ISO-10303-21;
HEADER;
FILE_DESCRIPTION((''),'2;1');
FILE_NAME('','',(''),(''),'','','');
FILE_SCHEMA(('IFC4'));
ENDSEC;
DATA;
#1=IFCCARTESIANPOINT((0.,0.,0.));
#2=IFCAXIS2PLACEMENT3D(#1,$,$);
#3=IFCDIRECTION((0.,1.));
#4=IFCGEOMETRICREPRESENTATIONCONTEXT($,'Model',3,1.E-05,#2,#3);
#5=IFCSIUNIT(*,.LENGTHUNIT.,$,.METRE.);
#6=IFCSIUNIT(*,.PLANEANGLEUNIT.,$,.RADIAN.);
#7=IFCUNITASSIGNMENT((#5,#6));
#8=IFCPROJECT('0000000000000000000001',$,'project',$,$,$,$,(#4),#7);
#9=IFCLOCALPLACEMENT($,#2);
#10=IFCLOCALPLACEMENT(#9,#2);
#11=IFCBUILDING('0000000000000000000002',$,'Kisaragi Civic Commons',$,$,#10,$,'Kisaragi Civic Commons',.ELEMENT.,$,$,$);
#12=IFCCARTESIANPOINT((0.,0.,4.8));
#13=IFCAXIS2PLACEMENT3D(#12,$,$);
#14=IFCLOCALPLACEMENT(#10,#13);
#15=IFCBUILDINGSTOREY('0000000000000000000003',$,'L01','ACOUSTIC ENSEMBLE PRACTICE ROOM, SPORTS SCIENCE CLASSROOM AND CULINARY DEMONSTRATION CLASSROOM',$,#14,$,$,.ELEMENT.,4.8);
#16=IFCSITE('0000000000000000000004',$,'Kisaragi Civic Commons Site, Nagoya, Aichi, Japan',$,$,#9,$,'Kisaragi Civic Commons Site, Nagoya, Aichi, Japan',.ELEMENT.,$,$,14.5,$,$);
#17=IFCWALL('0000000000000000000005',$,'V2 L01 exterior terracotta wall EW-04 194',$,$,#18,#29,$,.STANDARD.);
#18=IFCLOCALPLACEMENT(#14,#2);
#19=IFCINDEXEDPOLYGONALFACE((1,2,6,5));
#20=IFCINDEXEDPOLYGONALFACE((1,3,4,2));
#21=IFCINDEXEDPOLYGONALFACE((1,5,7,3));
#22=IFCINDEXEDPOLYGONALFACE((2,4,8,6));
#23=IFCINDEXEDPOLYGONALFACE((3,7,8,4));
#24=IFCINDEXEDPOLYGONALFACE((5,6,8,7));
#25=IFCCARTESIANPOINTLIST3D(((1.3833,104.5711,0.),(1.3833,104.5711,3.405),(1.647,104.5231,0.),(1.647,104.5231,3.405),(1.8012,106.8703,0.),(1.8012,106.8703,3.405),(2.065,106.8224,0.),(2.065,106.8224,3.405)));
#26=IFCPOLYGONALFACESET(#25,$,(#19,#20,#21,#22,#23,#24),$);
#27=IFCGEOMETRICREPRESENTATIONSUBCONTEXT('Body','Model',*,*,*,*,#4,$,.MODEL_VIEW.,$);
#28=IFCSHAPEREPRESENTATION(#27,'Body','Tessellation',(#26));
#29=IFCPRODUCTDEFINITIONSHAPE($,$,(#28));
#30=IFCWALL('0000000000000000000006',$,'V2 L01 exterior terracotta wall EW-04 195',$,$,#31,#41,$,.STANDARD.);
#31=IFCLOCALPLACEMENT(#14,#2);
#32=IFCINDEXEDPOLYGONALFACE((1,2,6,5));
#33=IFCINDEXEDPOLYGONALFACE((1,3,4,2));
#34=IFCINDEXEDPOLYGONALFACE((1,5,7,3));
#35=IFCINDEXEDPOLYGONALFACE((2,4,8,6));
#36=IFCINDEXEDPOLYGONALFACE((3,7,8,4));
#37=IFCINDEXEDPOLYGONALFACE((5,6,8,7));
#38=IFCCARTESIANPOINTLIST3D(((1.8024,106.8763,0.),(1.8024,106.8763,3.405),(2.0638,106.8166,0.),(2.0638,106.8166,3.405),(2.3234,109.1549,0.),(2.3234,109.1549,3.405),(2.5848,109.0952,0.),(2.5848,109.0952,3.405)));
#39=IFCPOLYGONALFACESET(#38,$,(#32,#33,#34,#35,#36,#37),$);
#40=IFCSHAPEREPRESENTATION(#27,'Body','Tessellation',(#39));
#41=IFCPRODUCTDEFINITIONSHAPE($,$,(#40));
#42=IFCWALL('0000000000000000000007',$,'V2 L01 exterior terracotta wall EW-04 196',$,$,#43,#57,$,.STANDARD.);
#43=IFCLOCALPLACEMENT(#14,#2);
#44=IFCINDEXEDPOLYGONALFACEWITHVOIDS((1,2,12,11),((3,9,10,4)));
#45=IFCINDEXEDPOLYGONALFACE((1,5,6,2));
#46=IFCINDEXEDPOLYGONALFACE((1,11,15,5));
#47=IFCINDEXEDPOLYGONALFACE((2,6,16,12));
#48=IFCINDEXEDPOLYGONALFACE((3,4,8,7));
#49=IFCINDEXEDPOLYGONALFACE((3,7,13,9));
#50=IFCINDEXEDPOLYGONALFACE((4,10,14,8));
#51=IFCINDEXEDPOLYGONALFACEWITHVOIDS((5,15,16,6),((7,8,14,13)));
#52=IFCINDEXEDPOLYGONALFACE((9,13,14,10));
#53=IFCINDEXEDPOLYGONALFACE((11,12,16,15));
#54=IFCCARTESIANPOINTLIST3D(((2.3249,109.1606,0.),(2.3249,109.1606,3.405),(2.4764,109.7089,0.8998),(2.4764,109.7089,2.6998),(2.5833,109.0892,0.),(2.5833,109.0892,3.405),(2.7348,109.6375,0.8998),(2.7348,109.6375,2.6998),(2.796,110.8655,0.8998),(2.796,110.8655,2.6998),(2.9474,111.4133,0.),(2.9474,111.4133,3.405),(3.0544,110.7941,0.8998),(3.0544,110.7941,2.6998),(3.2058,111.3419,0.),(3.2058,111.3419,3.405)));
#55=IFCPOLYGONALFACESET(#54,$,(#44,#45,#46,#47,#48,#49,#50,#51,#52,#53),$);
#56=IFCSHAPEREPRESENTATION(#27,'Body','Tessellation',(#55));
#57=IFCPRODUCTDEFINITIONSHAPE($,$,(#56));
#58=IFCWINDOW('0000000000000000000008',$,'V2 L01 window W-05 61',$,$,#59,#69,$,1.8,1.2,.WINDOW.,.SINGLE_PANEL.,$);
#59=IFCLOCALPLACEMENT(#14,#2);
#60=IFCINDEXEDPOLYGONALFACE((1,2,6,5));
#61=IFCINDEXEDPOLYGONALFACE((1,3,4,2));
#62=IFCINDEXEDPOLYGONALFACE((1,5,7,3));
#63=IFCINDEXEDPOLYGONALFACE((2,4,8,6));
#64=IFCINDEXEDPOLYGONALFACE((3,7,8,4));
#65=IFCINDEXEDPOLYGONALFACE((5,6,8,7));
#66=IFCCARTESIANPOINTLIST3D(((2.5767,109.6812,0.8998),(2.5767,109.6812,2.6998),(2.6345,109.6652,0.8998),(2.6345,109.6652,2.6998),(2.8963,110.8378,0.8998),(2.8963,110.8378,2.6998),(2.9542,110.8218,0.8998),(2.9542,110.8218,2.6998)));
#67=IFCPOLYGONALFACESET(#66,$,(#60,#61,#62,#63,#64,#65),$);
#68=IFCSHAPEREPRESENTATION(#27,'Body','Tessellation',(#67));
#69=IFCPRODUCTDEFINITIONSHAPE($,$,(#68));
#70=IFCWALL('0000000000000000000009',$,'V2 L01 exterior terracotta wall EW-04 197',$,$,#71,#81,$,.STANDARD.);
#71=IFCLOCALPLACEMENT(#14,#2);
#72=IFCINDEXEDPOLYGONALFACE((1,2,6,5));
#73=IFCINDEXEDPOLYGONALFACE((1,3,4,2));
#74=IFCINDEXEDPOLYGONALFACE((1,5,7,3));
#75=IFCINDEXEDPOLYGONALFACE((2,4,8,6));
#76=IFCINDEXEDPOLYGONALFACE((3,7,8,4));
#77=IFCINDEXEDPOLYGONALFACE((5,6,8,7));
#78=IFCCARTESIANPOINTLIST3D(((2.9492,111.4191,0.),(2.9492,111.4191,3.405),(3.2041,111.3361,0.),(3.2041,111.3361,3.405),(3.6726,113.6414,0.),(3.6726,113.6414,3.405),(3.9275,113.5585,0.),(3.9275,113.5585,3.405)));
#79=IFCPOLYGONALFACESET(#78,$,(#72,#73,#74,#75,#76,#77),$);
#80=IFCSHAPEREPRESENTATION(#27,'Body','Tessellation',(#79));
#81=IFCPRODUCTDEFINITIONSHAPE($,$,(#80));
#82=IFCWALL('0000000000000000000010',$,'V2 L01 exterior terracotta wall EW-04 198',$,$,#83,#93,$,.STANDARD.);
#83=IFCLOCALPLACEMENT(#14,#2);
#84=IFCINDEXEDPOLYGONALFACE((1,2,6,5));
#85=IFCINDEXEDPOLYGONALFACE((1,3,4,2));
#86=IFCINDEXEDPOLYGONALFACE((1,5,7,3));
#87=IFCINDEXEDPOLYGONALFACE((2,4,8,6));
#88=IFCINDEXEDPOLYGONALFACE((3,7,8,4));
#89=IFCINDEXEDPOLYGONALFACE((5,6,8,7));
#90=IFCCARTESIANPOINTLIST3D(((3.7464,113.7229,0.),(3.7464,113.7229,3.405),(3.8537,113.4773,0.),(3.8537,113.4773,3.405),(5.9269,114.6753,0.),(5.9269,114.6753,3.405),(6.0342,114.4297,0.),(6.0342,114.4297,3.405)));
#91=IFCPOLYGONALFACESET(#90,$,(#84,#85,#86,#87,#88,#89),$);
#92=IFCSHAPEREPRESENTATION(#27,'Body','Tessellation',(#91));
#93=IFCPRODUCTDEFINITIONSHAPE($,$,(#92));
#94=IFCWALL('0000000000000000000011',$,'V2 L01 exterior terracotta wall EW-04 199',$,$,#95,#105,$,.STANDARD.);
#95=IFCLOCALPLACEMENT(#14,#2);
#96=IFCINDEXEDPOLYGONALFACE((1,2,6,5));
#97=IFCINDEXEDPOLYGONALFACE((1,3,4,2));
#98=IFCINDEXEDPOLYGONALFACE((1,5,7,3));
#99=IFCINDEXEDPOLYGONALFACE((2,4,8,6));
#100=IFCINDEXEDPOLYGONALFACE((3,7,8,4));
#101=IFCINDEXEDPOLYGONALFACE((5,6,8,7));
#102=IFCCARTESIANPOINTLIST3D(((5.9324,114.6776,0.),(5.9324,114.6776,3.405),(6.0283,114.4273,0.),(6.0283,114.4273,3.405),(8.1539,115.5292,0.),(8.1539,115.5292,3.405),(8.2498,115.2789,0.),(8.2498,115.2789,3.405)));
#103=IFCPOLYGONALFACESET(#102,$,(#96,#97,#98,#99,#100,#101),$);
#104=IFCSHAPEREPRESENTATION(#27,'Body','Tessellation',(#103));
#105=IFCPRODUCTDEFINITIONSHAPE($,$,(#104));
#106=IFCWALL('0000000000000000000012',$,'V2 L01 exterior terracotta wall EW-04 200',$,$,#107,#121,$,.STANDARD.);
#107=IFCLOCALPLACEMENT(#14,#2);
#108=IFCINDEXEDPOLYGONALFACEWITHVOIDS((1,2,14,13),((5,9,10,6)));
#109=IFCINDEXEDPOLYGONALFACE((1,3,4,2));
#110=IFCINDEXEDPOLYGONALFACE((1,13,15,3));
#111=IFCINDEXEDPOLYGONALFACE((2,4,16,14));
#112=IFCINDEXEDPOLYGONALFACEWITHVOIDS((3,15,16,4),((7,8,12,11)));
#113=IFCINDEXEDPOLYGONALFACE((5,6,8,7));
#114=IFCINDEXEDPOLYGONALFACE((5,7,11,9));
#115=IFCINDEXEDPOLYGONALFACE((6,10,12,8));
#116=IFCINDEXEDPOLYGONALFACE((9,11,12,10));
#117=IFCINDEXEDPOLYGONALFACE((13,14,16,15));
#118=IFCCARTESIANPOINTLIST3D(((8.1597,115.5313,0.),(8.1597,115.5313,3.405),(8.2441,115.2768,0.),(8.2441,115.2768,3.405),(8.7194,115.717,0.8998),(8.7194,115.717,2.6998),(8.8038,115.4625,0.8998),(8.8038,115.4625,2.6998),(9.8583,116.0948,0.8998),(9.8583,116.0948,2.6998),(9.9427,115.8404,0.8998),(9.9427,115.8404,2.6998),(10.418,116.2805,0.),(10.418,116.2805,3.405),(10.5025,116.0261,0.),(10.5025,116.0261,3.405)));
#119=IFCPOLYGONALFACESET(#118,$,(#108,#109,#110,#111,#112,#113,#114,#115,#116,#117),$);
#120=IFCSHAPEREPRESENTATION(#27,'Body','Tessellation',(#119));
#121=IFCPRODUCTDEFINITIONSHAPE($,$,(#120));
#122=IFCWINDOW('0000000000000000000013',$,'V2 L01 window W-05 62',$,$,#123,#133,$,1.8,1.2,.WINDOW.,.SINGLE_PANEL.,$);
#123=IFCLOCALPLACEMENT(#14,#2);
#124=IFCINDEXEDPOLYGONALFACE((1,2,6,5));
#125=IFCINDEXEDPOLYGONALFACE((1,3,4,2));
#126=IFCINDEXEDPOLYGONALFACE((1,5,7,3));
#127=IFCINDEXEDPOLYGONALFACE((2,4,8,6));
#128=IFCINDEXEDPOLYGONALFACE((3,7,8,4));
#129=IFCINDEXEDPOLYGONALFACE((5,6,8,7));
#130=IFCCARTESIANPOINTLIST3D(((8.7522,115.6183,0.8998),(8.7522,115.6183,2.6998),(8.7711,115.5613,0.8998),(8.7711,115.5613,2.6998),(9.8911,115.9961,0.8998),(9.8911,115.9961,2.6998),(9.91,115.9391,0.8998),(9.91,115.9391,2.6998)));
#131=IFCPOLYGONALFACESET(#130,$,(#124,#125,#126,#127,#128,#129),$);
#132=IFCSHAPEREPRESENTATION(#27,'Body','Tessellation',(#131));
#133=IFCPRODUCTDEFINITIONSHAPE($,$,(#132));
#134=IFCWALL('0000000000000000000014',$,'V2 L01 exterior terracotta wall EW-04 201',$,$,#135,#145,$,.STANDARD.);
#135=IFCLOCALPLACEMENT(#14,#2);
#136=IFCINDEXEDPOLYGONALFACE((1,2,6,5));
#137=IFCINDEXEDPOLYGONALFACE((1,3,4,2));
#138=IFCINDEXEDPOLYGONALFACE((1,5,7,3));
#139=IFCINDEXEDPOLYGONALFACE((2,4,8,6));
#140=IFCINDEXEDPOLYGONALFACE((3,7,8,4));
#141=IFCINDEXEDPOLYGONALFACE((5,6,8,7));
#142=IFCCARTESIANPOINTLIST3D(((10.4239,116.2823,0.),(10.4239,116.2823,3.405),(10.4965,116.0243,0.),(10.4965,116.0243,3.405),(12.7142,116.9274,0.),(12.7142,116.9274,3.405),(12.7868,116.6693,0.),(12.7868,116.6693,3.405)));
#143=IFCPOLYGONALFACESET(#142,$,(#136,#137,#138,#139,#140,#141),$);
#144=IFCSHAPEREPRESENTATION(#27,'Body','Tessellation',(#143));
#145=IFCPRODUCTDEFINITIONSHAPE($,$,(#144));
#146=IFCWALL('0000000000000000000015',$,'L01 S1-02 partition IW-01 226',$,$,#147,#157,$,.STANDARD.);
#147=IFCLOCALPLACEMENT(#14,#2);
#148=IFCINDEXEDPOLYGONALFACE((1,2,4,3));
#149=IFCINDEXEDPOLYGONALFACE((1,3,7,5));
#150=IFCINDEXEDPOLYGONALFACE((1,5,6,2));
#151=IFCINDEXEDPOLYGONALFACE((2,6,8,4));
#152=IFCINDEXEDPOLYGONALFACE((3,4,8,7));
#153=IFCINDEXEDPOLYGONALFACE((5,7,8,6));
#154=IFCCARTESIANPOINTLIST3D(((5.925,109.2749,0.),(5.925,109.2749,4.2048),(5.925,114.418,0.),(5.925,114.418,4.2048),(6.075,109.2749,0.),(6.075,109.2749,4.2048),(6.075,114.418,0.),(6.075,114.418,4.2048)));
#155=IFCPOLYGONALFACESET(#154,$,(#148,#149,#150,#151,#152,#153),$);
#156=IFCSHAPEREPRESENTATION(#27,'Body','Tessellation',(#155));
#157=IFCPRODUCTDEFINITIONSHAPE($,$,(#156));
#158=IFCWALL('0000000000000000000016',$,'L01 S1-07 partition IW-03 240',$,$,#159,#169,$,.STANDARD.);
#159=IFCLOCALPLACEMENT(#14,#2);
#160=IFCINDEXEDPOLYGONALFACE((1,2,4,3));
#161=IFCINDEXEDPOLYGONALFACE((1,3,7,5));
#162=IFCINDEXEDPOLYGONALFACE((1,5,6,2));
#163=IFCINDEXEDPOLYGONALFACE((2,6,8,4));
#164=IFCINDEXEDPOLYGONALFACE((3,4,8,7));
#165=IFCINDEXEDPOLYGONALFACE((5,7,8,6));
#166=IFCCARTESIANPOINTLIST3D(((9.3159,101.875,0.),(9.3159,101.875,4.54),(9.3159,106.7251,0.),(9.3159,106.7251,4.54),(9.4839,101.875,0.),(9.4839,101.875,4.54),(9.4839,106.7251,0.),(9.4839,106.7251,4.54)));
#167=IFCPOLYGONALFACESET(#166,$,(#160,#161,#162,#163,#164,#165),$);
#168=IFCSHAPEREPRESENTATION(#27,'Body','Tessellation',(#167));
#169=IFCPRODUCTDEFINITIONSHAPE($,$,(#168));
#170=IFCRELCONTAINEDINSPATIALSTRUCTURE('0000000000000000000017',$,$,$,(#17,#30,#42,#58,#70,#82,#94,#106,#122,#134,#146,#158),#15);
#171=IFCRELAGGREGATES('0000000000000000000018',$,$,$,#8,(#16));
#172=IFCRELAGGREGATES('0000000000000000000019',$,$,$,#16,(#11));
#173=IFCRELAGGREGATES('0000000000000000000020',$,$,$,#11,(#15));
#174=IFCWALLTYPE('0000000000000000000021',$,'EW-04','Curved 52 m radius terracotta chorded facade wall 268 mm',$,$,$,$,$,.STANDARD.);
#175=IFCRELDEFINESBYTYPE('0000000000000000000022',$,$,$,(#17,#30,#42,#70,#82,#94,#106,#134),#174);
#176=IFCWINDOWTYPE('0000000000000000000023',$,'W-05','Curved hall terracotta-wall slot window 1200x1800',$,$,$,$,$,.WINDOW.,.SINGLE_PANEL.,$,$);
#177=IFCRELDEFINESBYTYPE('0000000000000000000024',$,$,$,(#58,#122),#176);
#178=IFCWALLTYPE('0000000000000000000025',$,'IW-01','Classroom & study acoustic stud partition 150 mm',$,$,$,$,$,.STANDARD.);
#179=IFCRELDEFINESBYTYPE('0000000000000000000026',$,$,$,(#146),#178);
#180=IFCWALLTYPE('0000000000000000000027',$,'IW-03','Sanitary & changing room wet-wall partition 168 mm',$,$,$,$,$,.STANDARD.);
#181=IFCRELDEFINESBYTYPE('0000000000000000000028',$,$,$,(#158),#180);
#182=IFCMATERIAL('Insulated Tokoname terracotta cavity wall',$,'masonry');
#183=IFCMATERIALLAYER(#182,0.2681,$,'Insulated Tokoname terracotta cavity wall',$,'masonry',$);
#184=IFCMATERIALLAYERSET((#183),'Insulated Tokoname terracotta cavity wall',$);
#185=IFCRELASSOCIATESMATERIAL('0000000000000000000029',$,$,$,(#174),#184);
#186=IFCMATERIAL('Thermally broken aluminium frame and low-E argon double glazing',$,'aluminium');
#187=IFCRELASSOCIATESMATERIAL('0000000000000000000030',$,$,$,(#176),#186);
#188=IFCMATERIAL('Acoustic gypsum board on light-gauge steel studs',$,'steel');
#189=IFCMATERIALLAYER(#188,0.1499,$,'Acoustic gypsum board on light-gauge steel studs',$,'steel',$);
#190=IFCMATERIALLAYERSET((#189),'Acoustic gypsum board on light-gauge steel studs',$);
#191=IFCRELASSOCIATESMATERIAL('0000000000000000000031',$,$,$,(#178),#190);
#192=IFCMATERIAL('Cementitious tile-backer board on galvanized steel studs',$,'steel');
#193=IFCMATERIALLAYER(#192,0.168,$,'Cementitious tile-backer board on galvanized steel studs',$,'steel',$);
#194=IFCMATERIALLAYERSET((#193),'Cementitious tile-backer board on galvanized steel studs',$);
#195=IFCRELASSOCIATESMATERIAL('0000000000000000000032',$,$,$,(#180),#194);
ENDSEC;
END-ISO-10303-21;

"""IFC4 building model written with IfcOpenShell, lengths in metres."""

from ifc_helpers import new_model, si_unit, direction, frame, frame_2d, origin, place, context, subcontext, project, spatial, rectangle, extrude, material, layer, layer_set, type_object, element, fill, save


model = new_model("IFC4")

# Units and contexts
model_context = context("Model", 3, precision=1e-05, world=origin(), true_north=direction((0.0, 1.0)))
body_context = subcontext(model_context, "Body", "Model", "MODEL_VIEW")
ifc_project = project(units=[si_unit("LENGTHUNIT", "METRE"), si_unit("PLANEANGLEUNIT", "RADIAN")], contexts=[model_context])

# Site, building, storey
site_placement = place(None, origin())
site = spatial("IfcSite", under=ifc_project, at=site_placement, Name="Kisaragi Civic Commons Site, Nagoya, Aichi, Japan", LongName="Kisaragi Civic Commons Site, Nagoya, Aichi, Japan", CompositionType="ELEMENT", RefElevation=14.5)
building_placement = place(site_placement, origin())
building = spatial("IfcBuilding", under=site, at=building_placement, Name="Kisaragi Civic Commons", LongName="Kisaragi Civic Commons", CompositionType="ELEMENT")
storey_placement = place(building_placement, frame((0.0, 0.0, 4.8)))
storey = spatial("IfcBuildingStorey", under=building, at=storey_placement, Name="L01", Description="ACOUSTIC ENSEMBLE PRACTICE ROOM, SPORTS SCIENCE CLASSROOM AND CULINARY DEMONSTRATION CLASSROOM", CompositionType="ELEMENT", Elevation=4.8)

# Shared definitions
ifc_material_1 = material(Name="Insulated Tokoname terracotta cavity wall", Category="masonry")
ifc_layer_1 = layer(ifc_material_1, 0.2681, Name="Insulated Tokoname terracotta cavity wall", Category="masonry")
ifc_layer_set_1 = layer_set([ifc_layer_1], Name="Insulated Tokoname terracotta cavity wall")
wall_type_1 = type_object("IfcWallType", Name="EW-04", Description="Curved 52 m radius terracotta chorded facade wall 268 mm", PredefinedType="STANDARD", material=ifc_layer_set_1)
ifc_material_2 = material(Name="Thermally broken aluminium frame and low-E argon double glazing", Category="aluminium")
window_type = type_object("IfcWindowType", Name="W-05", Description="Curved hall terracotta-wall slot window 1200x1800", PartitioningType="SINGLE_PANEL", PredefinedType="WINDOW", material=ifc_material_2)

# Walls
wall_1_placement = place(storey_placement, frame((1.5151, 104.5471, 0.0), z_axis=(0.0, 0.0, 1.0), x_axis=(0.178849, 0.983877, 0.0)))
element("IfcWall", 1, at=wall_1_placement, inside=storey, type_object=wall_type_1, Name="V2 L01 exterior terracotta wall EW-04 194", PredefinedType="STANDARD", context=body_context, shape_type="SweptSolid", body=[
    extrude(rectangle(XDim=2.3369, YDim=0.2681, at=frame_2d((1.1685, 0.0))), origin(), (0.0, 0.0, 1.0), 3.405),
])
wall_2_placement = place(storey_placement, frame((1.9331, 106.8464, 0.0), z_axis=(0.0, 0.0, 1.0), x_axis=(0.222899, 0.974842, 0.0)))
element("IfcWall", 2, at=wall_2_placement, inside=storey, type_object=wall_type_1, Name="V2 L01 exterior terracotta wall EW-04 195", PredefinedType="STANDARD", context=body_context, shape_type="SweptSolid", body=[
    extrude(rectangle(XDim=2.3374, YDim=0.2681, at=frame_2d((1.1687, 0.0))), origin(), (0.0, 0.0, 1.0), 3.405),
])

# Wall, opening, window
wall_3_placement = place(storey_placement, frame((2.4541, 109.125, 0.0), z_axis=(0.0, 0.0, 1.0), x_axis=(0.266378, 0.963869, 0.0)))
wall_3 = element("IfcWall", 3, at=wall_3_placement, inside=storey, type_object=wall_type_1, Name="V2 L01 exterior terracotta wall EW-04 196", PredefinedType="STANDARD", context=body_context, shape_type="SweptSolid", body=[
    extrude(rectangle(XDim=2.3372, YDim=0.2681, at=frame_2d((1.1685, 0.0))), origin(), (0.0, 0.0, 1.0), 3.405),
])
opening_1_placement = place(wall_3_placement, frame((0.5686, 0.0, 0.8999)))
opening_1 = element("IfcOpeningElement", 4, at=opening_1_placement, cuts=wall_3, PredefinedType="OPENING", context=body_context, shape_type="SweptSolid", body=[
    extrude(rectangle(XDim=1.2, YDim=1.8, at=frame_2d((0.6001, 0.8999))), frame((0.0, 0.144, 0.0), z_axis=(0.0, -1.0, 0.0), x_axis=(1.0, 0.0, 0.0)), (0.0, 0.0, 1.0), 0.2881),
])
window_1_placement = place(opening_1_placement, origin())
window_1 = element("IfcWindow", 5, at=window_1_placement, inside=storey, type_object=window_type, Name="V2 L01 window W-05 61", OverallHeight=1.8, OverallWidth=1.2, PartitioningType="SINGLE_PANEL", PredefinedType="WINDOW", context=body_context, shape_type="SweptSolid", body=[
    extrude(rectangle(XDim=1.2, YDim=1.8, at=frame_2d((0.6001, 0.8999))), frame((0.0, 0.03, 0.0), z_axis=(0.0, -1.0, 0.0), x_axis=(1.0, 0.0, 0.0)), (0.0, 0.0, 1.0), 0.0601),
])
fill(opening_1, window_1)

# Walls
wall_4_placement = place(storey_placement, frame((3.0767, 111.3777, 0.0), z_axis=(0.0, 0.0, 1.0), x_axis=(0.309514, 0.950895, 0.0)))
element("IfcWall", 6, at=wall_4_placement, inside=storey, type_object=wall_type_1, Name="V2 L01 exterior terracotta wall EW-04 197", PredefinedType="STANDARD", context=body_context, shape_type="SweptSolid", body=[
    extrude(rectangle(XDim=2.3372, YDim=0.2681, at=frame_2d((1.1685, 0.0))), origin(), (0.0, 0.0, 1.0), 3.405),
])
wall_5_placement = place(storey_placement, frame((3.8, 113.6001, 0.0), z_axis=(0.0, 0.0, 1.0), x_axis=(0.916395, 0.400275, 0.0)))
element("IfcWall", 7, at=wall_5_placement, inside=storey, type_object=wall_type_1, Name="V2 L01 exterior terracotta wall EW-04 198", PredefinedType="STANDARD", context=body_context, shape_type="SweptSolid", body=[
    extrude(rectangle(XDim=2.3794, YDim=0.2681, at=frame_2d((1.1897, 0.0))), origin(), (0.0, 0.0, 1.0), 3.405),
])
wall_6_placement = place(storey_placement, frame((5.9805, 114.5525, 0.0), z_axis=(0.0, 0.0, 1.0), x_axis=(0.933744, 0.35794, 0.0)))
element("IfcWall", 8, at=wall_6_placement, inside=storey, type_object=wall_type_1, Name="V2 L01 exterior terracotta wall EW-04 199", PredefinedType="STANDARD", context=body_context, shape_type="SweptSolid", body=[
    extrude(rectangle(XDim=2.3792, YDim=0.2681, at=frame_2d((1.1895, 0.0))), origin(), (0.0, 0.0, 1.0), 3.405),
])

# Wall, opening, window
wall_7_placement = place(storey_placement, frame((8.2019, 115.4041, 0.0), z_axis=(0.0, 0.0, 1.0), x_axis=(0.949124, 0.314904, 0.0)))
wall_7 = element("IfcWall", 9, at=wall_7_placement, inside=storey, type_object=wall_type_1, Name="V2 L01 exterior terracotta wall EW-04 200", PredefinedType="STANDARD", context=body_context, shape_type="SweptSolid", body=[
    extrude(rectangle(XDim=2.3794, YDim=0.2681, at=frame_2d((1.1897, 0.0))), origin(), (0.0, 0.0, 1.0), 3.405),
])
opening_2_placement = place(wall_7_placement, frame((0.5896, 0.0, 0.8999)))
opening_2 = element("IfcOpeningElement", 10, at=opening_2_placement, cuts=wall_7, PredefinedType="OPENING", context=body_context, shape_type="SweptSolid", body=[
    extrude(rectangle(XDim=1.2, YDim=1.8, at=frame_2d((0.6001, 0.8999))), frame((0.0, 0.144, 0.0), z_axis=(0.0, -1.0, 0.0), x_axis=(1.0, 0.0, 0.0)), (0.0, 0.0, 1.0), 0.2881),
])
window_2_placement = place(opening_2_placement, origin())
window_2 = element("IfcWindow", 11, at=window_2_placement, inside=storey, type_object=window_type, Name="V2 L01 window W-05 62", OverallHeight=1.8, OverallWidth=1.2, PartitioningType="SINGLE_PANEL", PredefinedType="WINDOW", context=body_context, shape_type="SweptSolid", body=[
    extrude(rectangle(XDim=1.2, YDim=1.8, at=frame_2d((0.6001, 0.8999))), frame((0.0, 0.03, 0.0), z_axis=(0.0, -1.0, 0.0), x_axis=(1.0, 0.0, 0.0)), (0.0, 0.0, 1.0), 0.0601),
])
fill(opening_2, window_2)

# Walls
wall_8_placement = place(storey_placement, frame((10.4602, 116.1533, 0.0), z_axis=(0.0, 0.0, 1.0), x_axis=(0.962555, 0.271087, 0.0)))
element("IfcWall", 12, at=wall_8_placement, inside=storey, type_object=wall_type_1, Name="V2 L01 exterior terracotta wall EW-04 201", PredefinedType="STANDARD", context=body_context, shape_type="SweptSolid", body=[
    extrude(rectangle(XDim=2.3794, YDim=0.2681, at=frame_2d((1.1897, 0.0))), origin(), (0.0, 0.0, 1.0), 3.405),
])
ifc_material_3 = material(Name="Acoustic gypsum board on light-gauge steel studs", Category="steel")
ifc_layer_2 = layer(ifc_material_3, 0.1499, Name="Acoustic gypsum board on light-gauge steel studs", Category="steel")
ifc_layer_set_2 = layer_set([ifc_layer_2], Name="Acoustic gypsum board on light-gauge steel studs")
wall_type_2 = type_object("IfcWallType", Name="IW-01", Description="Classroom & study acoustic stud partition 150 mm", PredefinedType="STANDARD", material=ifc_layer_set_2)
wall_9_placement = place(storey_placement, frame((6.0, 109.2749, 0.0), z_axis=(0.0, 0.0, 1.0), x_axis=(0.0, 1.0, 0.0)))
element("IfcWall", 13, at=wall_9_placement, inside=storey, type_object=wall_type_2, Name="L01 S1-02 partition IW-01 226", PredefinedType="STANDARD", context=body_context, shape_type="SweptSolid", body=[
    extrude(rectangle(XDim=5.1431, YDim=0.1499, at=frame_2d((2.5715, 0.0))), origin(), (0.0, 0.0, 1.0), 4.2048),
])
ifc_material_4 = material(Name="Cementitious tile-backer board on galvanized steel studs", Category="steel")
ifc_layer_3 = layer(ifc_material_4, 0.168, Name="Cementitious tile-backer board on galvanized steel studs", Category="steel")
ifc_layer_set_3 = layer_set([ifc_layer_3], Name="Cementitious tile-backer board on galvanized steel studs")
wall_type_3 = type_object("IfcWallType", Name="IW-03", Description="Sanitary & changing room wet-wall partition 168 mm", PredefinedType="STANDARD", material=ifc_layer_set_3)
wall_10_placement = place(storey_placement, frame((9.3999, 106.7251, 0.0), z_axis=(0.0, 0.0, 1.0), x_axis=(0.0, -1.0, 0.0)))
element("IfcWall", 14, at=wall_10_placement, inside=storey, type_object=wall_type_3, Name="L01 S1-07 partition IW-03 240", PredefinedType="STANDARD", context=body_context, shape_type="SweptSolid", body=[
    extrude(rectangle(XDim=4.8501, YDim=0.168, at=frame_2d((2.425, 0.0))), origin(), (0.0, 0.0, 1.0), 4.54),
])

save(model, "model.ifc")
